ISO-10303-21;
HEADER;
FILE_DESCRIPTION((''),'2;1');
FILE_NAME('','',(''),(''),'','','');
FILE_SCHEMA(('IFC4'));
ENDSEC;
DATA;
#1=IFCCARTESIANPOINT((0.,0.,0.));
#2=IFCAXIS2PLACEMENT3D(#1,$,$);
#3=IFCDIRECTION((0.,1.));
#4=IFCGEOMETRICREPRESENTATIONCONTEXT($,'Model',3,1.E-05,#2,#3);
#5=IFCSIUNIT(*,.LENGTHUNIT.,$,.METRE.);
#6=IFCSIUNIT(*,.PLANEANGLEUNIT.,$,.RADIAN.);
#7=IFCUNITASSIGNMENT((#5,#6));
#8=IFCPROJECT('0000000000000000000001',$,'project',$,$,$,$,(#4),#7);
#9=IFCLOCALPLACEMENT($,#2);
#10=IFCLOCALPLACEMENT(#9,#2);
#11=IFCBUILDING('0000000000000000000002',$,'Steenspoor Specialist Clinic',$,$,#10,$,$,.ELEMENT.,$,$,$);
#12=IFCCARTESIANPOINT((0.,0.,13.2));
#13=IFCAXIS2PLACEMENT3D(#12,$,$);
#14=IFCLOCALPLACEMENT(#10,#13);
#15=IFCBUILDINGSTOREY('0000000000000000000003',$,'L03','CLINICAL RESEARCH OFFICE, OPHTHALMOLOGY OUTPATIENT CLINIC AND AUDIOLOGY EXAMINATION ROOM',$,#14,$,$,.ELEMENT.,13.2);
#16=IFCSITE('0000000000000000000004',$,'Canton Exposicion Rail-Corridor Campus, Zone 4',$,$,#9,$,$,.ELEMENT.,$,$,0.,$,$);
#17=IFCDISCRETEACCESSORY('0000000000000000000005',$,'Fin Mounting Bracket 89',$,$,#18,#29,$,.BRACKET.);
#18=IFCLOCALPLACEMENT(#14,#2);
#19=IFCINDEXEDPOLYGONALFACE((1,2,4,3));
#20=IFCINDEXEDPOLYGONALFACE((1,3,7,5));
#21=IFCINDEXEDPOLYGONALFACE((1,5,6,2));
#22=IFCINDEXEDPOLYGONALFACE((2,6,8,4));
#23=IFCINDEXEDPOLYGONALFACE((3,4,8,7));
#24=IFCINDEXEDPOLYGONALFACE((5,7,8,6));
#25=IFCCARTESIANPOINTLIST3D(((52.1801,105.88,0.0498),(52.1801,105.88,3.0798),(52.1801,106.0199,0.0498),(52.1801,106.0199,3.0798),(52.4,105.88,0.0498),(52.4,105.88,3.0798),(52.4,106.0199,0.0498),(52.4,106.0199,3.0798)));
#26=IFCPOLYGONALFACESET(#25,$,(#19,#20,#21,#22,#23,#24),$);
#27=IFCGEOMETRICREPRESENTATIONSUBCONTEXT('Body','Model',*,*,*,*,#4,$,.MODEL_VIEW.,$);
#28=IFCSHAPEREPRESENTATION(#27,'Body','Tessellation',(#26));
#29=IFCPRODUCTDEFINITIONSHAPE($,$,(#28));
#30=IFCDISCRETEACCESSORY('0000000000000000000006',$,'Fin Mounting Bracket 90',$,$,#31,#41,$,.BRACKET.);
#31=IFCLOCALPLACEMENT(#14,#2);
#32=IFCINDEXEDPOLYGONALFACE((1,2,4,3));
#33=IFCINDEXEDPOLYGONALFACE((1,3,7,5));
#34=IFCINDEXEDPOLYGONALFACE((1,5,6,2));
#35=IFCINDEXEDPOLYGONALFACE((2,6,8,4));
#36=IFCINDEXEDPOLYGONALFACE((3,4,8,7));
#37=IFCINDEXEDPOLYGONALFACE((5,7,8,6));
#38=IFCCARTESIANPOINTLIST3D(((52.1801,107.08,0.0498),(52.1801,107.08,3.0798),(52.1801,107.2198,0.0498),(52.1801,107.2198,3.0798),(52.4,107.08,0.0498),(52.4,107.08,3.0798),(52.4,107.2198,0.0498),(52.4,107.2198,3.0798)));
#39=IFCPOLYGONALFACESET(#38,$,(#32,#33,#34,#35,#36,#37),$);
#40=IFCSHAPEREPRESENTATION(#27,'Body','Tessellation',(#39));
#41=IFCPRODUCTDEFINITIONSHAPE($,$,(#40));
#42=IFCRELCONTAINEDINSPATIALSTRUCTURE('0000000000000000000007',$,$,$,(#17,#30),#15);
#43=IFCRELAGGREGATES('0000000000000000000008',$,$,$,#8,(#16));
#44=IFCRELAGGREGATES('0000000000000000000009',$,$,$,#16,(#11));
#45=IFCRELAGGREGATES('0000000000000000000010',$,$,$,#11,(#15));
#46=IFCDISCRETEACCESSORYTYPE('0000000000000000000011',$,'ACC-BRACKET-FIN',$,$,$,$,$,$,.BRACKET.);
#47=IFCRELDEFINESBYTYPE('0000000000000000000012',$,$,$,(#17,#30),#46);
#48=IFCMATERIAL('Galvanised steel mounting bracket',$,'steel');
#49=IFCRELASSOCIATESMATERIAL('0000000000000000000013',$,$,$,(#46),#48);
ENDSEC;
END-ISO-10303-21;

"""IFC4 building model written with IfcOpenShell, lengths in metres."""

from ifc_helpers import new_model, si_unit, direction, frame, origin, origin_2d, place, context, subcontext, project, spatial, rectangle, extrude, material, type_object, element, save


model = new_model("IFC4")

# Units and contexts
model_context = context("Model", 3, precision=1e-05, world=origin(), true_north=direction((0.0, 1.0)))
body_context = subcontext(model_context, "Body", "Model", "MODEL_VIEW")
ifc_project = project(units=[si_unit("LENGTHUNIT", "METRE"), si_unit("PLANEANGLEUNIT", "RADIAN")], contexts=[model_context])

# Site, building, storey
site_placement = place(None, origin())
site = spatial("IfcSite", under=ifc_project, at=site_placement, Name="Canton Exposicion Rail-Corridor Campus, Zone 4", CompositionType="ELEMENT", RefElevation=0.0)
building_placement = place(site_placement, origin())
building = spatial("IfcBuilding", under=site, at=building_placement, Name="Steenspoor Specialist Clinic", CompositionType="ELEMENT")
storey_placement = place(building_placement, frame((0.0, 0.0, 13.2)))
storey = spatial("IfcBuildingStorey", under=building, at=storey_placement, Name="L03", Description="CLINICAL RESEARCH OFFICE, OPHTHALMOLOGY OUTPATIENT CLINIC AND AUDIOLOGY EXAMINATION ROOM", CompositionType="ELEMENT", Elevation=13.2)

# Discrete accessories
ifc_material_1 = material(Name="Galvanised steel mounting bracket", Category="steel")
discrete_accessory_type = type_object("IfcDiscreteAccessoryType", Name="ACC-BRACKET-FIN", PredefinedType="BRACKET", material=ifc_material_1)
for number, where, z_axis, x_axis, name in (
    (1, (52.29, 105.95, 0.0498), (0.0, 0.0, 1.0), (-1.0, 0.0, 0.0), "Fin Mounting Bracket 89"),
    (2, (52.29, 107.1499, 0.0498), (0.0, 0.0, 1.0), (-1.0, 0.0, 0.0), "Fin Mounting Bracket 90"),
):
    element("IfcDiscreteAccessory", number, at=place(storey_placement, frame(where, z_axis=z_axis, x_axis=x_axis)), inside=storey, type_object=discrete_accessory_type, Name=name, PredefinedType="BRACKET", context=body_context, shape_type="SweptSolid", body=[
        extrude(rectangle(XDim=0.22, YDim=0.1399, at=origin_2d()), origin(), (0.0, 0.0, 1.0), 3.03),
    ])

save(model, "model.ifc")
